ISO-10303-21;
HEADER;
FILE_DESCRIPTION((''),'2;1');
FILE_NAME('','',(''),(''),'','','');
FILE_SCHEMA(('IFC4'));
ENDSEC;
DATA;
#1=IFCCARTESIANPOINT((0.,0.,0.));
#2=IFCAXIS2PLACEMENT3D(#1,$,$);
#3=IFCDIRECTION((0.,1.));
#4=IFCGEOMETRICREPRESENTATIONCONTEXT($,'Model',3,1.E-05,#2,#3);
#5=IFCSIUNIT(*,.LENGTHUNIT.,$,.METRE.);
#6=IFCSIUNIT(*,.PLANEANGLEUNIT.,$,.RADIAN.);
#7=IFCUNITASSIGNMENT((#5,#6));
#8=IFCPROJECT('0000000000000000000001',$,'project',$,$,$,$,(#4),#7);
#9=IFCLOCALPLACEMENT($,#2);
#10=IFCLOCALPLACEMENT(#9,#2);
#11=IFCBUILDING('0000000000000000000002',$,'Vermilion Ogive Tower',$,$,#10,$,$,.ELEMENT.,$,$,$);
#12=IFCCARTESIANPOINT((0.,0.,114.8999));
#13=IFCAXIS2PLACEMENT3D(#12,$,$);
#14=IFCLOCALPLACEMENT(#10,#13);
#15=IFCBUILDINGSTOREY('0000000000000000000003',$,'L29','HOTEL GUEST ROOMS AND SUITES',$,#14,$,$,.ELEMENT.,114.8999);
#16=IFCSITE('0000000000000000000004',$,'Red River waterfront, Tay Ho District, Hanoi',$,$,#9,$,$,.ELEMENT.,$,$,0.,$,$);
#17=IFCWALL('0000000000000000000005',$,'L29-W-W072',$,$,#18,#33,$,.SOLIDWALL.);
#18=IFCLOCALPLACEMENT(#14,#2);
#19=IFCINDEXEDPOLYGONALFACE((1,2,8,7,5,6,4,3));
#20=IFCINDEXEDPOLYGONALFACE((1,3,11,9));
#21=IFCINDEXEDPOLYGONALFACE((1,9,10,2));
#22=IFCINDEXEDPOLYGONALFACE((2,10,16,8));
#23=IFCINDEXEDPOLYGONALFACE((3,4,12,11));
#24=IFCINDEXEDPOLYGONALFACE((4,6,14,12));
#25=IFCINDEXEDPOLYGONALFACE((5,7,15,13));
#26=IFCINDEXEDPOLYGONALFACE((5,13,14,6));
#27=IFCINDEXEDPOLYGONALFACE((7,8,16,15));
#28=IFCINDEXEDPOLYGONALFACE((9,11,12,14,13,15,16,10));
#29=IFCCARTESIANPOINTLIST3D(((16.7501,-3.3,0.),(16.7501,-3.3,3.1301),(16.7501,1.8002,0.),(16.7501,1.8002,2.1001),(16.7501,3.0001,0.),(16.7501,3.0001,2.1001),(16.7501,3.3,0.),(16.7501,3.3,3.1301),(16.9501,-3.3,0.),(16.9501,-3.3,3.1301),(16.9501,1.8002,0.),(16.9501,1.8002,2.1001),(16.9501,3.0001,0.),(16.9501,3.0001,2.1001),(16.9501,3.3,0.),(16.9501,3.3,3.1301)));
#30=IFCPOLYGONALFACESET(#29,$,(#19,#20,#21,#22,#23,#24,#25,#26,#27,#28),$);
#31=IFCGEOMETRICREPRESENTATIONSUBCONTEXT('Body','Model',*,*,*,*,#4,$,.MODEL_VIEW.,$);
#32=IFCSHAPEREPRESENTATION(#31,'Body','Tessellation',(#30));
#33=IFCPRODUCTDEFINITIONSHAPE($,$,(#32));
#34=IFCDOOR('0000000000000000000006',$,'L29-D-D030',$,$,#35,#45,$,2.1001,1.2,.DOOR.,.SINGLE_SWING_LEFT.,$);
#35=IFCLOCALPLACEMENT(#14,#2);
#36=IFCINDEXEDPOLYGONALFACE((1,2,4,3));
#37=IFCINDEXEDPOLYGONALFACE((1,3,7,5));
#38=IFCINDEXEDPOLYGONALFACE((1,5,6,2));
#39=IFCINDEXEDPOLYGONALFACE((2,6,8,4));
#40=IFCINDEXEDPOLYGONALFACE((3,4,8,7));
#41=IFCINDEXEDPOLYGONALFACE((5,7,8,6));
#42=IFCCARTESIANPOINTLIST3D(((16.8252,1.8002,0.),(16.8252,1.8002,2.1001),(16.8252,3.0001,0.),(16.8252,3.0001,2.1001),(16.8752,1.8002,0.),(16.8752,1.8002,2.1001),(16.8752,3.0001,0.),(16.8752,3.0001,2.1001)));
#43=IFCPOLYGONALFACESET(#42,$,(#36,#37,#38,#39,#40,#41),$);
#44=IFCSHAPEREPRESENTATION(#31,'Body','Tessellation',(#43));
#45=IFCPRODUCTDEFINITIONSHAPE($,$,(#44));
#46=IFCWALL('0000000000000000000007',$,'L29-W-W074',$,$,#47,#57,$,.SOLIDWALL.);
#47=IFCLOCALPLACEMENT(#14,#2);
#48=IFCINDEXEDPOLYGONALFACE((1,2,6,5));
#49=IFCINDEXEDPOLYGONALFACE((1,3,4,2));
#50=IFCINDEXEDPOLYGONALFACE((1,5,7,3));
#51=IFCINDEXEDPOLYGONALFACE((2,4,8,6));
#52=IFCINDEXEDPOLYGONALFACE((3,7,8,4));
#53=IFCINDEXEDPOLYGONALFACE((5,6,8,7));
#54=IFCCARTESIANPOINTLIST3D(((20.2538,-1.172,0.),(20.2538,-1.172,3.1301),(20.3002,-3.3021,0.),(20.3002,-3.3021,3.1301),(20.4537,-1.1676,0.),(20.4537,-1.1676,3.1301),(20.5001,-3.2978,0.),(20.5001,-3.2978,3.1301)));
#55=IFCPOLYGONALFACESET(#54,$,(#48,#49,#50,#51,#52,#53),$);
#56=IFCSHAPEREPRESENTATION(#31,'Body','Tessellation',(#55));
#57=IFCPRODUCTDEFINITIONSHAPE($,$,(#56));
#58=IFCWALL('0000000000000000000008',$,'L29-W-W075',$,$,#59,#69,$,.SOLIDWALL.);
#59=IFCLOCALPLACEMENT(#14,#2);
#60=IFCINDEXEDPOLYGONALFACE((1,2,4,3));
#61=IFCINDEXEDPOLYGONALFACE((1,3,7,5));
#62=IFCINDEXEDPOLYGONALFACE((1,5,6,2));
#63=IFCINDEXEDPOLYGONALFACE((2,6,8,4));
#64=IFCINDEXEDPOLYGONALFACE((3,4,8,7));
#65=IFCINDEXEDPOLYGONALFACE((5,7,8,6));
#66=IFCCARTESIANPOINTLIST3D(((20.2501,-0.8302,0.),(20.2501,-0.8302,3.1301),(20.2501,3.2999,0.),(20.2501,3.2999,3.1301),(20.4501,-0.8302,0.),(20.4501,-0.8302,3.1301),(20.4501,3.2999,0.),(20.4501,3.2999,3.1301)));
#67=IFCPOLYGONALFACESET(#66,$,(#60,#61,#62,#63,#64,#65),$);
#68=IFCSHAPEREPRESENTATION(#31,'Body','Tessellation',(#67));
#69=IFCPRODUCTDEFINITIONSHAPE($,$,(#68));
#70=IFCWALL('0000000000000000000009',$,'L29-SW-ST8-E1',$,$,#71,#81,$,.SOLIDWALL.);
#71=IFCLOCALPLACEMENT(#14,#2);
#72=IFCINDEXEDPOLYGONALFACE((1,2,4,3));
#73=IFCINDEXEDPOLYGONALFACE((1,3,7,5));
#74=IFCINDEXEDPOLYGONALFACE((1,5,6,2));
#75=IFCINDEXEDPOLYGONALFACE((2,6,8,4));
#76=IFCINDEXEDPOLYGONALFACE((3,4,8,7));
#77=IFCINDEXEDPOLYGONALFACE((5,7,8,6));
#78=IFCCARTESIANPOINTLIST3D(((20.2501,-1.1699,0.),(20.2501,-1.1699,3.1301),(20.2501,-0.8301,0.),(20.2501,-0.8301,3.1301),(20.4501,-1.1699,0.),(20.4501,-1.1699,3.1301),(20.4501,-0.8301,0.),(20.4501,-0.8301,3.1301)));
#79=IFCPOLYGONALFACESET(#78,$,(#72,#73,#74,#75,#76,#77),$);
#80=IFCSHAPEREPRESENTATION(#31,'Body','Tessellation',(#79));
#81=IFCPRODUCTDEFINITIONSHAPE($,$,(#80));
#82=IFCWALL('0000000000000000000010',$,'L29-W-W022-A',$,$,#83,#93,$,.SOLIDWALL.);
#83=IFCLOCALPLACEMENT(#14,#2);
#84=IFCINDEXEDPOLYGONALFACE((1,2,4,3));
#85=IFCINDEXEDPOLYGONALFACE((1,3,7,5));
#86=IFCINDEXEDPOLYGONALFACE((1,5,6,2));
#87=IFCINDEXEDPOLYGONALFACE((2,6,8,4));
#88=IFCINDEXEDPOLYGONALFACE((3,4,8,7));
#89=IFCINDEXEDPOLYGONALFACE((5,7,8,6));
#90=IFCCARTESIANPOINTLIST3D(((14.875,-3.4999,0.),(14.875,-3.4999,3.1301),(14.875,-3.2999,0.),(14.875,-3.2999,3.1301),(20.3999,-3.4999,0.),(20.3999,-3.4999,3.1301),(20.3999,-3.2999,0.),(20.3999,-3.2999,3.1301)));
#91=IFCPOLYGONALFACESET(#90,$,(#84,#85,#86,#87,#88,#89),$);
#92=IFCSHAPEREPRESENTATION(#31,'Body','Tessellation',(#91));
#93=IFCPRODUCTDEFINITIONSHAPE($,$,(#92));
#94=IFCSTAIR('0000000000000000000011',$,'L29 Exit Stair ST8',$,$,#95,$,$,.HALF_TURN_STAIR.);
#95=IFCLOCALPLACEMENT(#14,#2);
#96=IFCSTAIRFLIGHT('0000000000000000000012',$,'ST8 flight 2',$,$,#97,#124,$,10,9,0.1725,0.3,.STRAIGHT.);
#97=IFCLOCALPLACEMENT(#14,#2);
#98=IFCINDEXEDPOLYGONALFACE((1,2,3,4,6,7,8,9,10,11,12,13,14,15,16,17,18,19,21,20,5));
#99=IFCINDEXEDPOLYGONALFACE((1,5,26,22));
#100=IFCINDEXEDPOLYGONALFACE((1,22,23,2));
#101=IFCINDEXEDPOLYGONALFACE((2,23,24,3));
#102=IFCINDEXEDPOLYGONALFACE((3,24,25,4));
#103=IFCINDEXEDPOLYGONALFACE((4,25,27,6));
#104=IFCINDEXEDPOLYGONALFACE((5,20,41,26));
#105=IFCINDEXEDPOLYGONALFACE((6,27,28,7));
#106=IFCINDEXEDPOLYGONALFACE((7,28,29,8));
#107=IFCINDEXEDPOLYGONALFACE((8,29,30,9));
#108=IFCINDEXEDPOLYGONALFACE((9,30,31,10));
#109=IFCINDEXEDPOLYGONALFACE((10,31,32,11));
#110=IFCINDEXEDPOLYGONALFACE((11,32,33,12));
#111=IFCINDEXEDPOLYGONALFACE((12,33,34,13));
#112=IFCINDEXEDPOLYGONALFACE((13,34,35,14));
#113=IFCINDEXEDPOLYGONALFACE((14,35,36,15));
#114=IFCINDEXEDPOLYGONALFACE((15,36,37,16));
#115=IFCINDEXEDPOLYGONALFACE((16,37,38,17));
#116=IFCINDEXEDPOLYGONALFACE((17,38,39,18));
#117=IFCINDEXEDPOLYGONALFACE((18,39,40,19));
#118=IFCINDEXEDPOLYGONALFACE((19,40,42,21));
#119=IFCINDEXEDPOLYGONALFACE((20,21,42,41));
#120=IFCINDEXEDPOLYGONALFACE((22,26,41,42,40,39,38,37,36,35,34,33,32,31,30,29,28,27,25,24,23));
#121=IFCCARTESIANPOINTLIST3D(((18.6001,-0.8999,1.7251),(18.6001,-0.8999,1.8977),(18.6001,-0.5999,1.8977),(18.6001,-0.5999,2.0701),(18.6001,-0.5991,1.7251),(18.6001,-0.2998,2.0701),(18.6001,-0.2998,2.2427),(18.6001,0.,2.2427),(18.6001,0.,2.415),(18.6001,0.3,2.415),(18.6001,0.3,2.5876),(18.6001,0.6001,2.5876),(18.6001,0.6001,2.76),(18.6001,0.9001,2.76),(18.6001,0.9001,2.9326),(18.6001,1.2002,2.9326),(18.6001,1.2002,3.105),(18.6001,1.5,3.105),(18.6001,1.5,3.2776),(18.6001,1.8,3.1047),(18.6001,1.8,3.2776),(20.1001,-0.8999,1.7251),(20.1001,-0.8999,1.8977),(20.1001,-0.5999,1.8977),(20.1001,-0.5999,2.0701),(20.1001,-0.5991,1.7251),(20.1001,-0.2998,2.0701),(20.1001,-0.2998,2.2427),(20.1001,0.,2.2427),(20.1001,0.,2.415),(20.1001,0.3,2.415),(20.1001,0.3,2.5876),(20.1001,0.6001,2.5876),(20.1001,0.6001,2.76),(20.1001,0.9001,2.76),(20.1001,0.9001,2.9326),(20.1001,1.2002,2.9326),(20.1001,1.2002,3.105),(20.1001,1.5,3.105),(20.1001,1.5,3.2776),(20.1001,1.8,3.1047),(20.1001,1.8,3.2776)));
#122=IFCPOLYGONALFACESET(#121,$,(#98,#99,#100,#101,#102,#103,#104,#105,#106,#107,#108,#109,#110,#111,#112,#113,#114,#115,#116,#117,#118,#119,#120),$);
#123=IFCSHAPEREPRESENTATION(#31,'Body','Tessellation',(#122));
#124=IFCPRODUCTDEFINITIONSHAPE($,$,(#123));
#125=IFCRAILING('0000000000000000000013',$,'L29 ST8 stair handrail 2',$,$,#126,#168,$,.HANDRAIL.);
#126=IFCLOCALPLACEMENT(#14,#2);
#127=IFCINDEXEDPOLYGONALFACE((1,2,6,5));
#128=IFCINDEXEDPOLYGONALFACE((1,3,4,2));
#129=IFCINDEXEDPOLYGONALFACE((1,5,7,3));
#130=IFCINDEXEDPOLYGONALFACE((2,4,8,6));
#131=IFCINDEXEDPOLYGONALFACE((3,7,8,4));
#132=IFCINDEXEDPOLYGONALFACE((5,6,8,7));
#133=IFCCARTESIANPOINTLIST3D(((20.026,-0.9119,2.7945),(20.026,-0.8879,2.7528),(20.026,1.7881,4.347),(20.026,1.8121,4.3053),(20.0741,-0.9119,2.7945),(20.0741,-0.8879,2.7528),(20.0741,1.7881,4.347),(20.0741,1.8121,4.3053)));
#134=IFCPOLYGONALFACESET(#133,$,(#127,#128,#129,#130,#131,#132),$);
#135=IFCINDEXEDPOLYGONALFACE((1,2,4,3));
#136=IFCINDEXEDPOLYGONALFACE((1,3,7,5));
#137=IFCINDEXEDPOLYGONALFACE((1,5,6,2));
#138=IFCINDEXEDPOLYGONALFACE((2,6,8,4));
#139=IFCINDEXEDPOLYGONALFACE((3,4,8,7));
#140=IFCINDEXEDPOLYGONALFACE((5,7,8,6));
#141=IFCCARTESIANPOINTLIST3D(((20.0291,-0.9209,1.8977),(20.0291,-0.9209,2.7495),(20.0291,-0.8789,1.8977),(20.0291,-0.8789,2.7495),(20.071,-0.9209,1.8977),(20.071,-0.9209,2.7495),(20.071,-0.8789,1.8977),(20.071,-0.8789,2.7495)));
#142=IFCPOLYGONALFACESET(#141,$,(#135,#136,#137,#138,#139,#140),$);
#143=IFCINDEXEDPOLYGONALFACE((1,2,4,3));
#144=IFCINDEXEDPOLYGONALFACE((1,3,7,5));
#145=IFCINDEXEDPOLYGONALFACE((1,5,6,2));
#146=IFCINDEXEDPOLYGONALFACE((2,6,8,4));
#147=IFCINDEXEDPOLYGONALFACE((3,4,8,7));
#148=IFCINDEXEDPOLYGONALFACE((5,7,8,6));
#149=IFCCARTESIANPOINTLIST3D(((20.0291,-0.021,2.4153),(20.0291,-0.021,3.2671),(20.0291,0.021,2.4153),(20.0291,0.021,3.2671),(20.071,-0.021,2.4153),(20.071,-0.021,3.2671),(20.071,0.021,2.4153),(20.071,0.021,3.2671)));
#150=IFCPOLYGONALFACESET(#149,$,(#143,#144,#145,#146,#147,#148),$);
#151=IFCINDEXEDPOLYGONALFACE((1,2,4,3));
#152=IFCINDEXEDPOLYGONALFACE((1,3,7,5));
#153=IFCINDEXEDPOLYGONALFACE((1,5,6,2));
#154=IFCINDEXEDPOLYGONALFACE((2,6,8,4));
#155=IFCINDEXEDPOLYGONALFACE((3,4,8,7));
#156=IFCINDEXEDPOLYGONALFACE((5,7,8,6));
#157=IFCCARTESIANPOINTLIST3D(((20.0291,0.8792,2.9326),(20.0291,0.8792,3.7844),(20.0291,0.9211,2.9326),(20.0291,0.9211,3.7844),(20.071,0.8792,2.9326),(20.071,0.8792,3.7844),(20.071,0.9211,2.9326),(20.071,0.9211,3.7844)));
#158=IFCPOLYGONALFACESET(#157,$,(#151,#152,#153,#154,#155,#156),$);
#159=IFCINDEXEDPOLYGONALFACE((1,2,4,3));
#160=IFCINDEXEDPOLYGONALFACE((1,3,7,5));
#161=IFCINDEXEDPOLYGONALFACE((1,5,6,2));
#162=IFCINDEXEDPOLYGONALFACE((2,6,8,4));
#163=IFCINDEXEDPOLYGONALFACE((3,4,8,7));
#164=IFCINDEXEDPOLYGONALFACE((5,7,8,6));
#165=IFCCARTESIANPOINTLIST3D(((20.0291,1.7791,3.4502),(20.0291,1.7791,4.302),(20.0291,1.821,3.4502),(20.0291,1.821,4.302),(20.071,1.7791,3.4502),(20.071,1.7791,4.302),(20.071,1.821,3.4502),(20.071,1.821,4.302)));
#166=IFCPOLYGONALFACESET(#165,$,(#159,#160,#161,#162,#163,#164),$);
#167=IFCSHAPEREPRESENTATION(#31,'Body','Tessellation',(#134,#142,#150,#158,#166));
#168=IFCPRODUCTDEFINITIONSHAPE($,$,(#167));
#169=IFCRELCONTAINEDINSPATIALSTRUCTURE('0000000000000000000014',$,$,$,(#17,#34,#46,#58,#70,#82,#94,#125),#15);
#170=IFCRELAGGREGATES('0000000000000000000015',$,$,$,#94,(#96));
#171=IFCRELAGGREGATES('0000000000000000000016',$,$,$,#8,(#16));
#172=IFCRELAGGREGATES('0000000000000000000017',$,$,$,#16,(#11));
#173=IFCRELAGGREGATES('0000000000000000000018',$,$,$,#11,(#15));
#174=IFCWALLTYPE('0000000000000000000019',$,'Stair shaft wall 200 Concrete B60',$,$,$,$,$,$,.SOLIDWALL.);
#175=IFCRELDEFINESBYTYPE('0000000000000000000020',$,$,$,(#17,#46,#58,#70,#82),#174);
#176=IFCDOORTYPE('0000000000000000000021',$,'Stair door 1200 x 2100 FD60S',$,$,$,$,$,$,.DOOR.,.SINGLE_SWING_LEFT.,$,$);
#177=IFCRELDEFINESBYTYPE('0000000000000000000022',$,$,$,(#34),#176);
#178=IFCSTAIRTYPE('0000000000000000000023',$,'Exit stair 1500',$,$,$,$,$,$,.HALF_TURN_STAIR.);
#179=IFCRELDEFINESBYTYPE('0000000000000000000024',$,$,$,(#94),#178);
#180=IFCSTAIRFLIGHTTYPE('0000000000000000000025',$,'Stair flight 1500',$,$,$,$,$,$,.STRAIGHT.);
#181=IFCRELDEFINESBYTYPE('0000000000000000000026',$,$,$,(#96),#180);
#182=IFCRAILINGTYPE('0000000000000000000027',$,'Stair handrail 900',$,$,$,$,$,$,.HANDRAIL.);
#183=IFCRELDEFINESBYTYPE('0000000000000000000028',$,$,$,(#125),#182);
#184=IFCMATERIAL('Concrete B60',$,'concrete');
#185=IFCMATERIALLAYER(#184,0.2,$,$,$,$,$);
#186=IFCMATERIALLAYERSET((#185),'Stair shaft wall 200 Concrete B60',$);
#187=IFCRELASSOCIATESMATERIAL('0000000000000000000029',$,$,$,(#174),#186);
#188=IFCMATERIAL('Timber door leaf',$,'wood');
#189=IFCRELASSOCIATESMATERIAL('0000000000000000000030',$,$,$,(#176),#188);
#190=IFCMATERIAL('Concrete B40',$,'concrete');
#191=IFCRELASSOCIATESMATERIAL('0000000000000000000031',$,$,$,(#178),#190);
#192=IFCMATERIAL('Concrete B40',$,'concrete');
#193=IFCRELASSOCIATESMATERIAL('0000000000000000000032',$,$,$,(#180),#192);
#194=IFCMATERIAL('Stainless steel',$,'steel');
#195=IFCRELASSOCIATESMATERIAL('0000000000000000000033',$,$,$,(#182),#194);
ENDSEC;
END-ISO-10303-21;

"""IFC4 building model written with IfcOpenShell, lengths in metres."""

from ifc_helpers import new_model, si_unit, direction, frame, frame_2d, origin, origin_2d, place, context, subcontext, project, spatial, polyline, rectangle, outline, extrude, material, layer, layer_set, type_object, element, fill, aggregate, save


model = new_model("IFC4")

# Units and contexts
model_context = context("Model", 3, precision=1e-05, world=origin(), true_north=direction((0.0, 1.0)))
body_context = subcontext(model_context, "Body", "Model", "MODEL_VIEW")
ifc_project = project(units=[si_unit("LENGTHUNIT", "METRE"), si_unit("PLANEANGLEUNIT", "RADIAN")], contexts=[model_context])

# Site, building, storey
site_placement = place(None, origin())
site = spatial("IfcSite", under=ifc_project, at=site_placement, Name="Red River waterfront, Tay Ho District, Hanoi", CompositionType="ELEMENT", RefElevation=0.0)
building_placement = place(site_placement, origin())
building = spatial("IfcBuilding", under=site, at=building_placement, Name="Vermilion Ogive Tower", CompositionType="ELEMENT")
storey_placement = place(building_placement, frame((0.0, 0.0, 114.8999)))
storey = spatial("IfcBuildingStorey", under=building, at=storey_placement, Name="L29", Description="HOTEL GUEST ROOMS AND SUITES", CompositionType="ELEMENT", Elevation=114.8999)

# Wall, opening, door
ifc_material_1 = material(Name="Concrete B60", Category="concrete")
ifc_layer_1 = layer(ifc_material_1, 0.2)
ifc_layer_set_1 = layer_set([ifc_layer_1], Name="Stair shaft wall 200 Concrete B60")
wall_type_1 = type_object("IfcWallType", Name="Stair shaft wall 200 Concrete B60", PredefinedType="SOLIDWALL", material=ifc_layer_set_1)
wall_1_placement = place(storey_placement, frame((16.8501, -3.3, 0.0), z_axis=(0.0, 0.0, 1.0), x_axis=(0.0, 1.0, 0.0)))
wall_1 = element("IfcWall", 1, at=wall_1_placement, inside=storey, type_object=wall_type_1, Name="L29-W-W072", PredefinedType="SOLIDWALL", context=body_context, shape_type="SweptSolid", body=[
    extrude(rectangle(XDim=6.6001, YDim=0.2, at=frame_2d((3.3, 0.0))), origin(), (0.0, 0.0, 1.0), 3.1301),
])
opening_1_placement = place(wall_1_placement, frame((5.1001, 0.0, 0.0)))
opening_1 = element("IfcOpeningElement", 2, at=opening_1_placement, cuts=wall_1, PredefinedType="OPENING", context=body_context, shape_type="SweptSolid", body=[
    extrude(rectangle(XDim=1.2, YDim=2.1001, at=frame_2d((0.6001, 1.05))), frame((0.0, 0.1099, 0.0), z_axis=(0.0, -1.0, 0.0), x_axis=(1.0, 0.0, 0.0)), (0.0, 0.0, 1.0), 0.22),
])
ifc_material_2 = material(Name="Timber door leaf", Category="wood")
door_type_1 = type_object("IfcDoorType", Name="Stair door 1200 x 2100 FD60S", OperationType="SINGLE_SWING_LEFT", PredefinedType="DOOR", material=ifc_material_2)
door_1_placement = place(opening_1_placement, origin())
door_1 = element("IfcDoor", 3, at=door_1_placement, inside=storey, type_object=door_type_1, Name="L29-D-D030", OperationType="SINGLE_SWING_LEFT", OverallHeight=2.1001, OverallWidth=1.2, PredefinedType="DOOR", context=body_context, shape_type="SweptSolid", body=[
    extrude(rectangle(XDim=1.2, YDim=2.1001, at=frame_2d((0.6001, 1.05))), frame((0.0, 0.0249, 0.0), z_axis=(0.0, -1.0, 0.0), x_axis=(1.0, 0.0, 0.0)), (0.0, 0.0, 1.0), 0.05),
])
fill(opening_1, door_1)

# Walls
wall_2_placement = place(storey_placement, frame((20.4001, -3.3, 0.0), z_axis=(0.0, 0.0, 1.0), x_axis=(-0.021771, 0.999763, 0.0)))
element("IfcWall", 4, at=wall_2_placement, inside=storey, type_object=wall_type_1, Name="L29-W-W074", PredefinedType="SOLIDWALL", context=body_context, shape_type="SweptSolid", body=[
    extrude(rectangle(XDim=2.1306, YDim=0.2, at=frame_2d((1.0654, 0.0))), origin(), (0.0, 0.0, 1.0), 3.1301),
])
wall_3_placement = place(storey_placement, frame((20.3501, -0.8301, 0.0), z_axis=(0.0, 0.0, 1.0), x_axis=(0.0, 1.0, 0.0)))
element("IfcWall", 5, at=wall_3_placement, inside=storey, type_object=wall_type_1, Name="L29-W-W075", PredefinedType="SOLIDWALL", context=body_context, shape_type="SweptSolid", body=[
    extrude(rectangle(XDim=4.1301, YDim=0.2, at=frame_2d((2.0649, 0.0))), origin(), (0.0, 0.0, 1.0), 3.1301),
])
wall_4_placement = place(storey_placement, frame((20.3501, -1.1699, 0.0), z_axis=(0.0, 0.0, 1.0), x_axis=(0.0, 1.0, 0.0)))
element("IfcWall", 6, at=wall_4_placement, inside=storey, type_object=wall_type_1, Name="L29-SW-ST8-E1", PredefinedType="SOLIDWALL", context=body_context, shape_type="SweptSolid", body=[
    extrude(rectangle(XDim=0.3398, YDim=0.2, at=frame_2d((0.1699, 0.0))), origin(), (0.0, 0.0, 1.0), 3.1301),
])
wall_5_placement = place(storey_placement, frame((14.875, -3.3999, 0.0), z_axis=(0.0, 0.0, 1.0), x_axis=(1.0, 0.0, 0.0)))
element("IfcWall", 7, at=wall_5_placement, inside=storey, type_object=wall_type_1, Name="L29-W-W022-A", PredefinedType="SOLIDWALL", context=body_context, shape_type="SweptSolid", body=[
    extrude(rectangle(XDim=5.5249, YDim=0.2, at=frame_2d((2.7625, 0.0))), origin(), (0.0, 0.0, 1.0), 3.1301),
])

# Stair, stair flight
ifc_material_3 = material(Name="Concrete B40", Category="concrete")
stair_type = type_object("IfcStairType", Name="Exit stair 1500", PredefinedType="HALF_TURN_STAIR", material=ifc_material_3)
stair_placement = place(storey_placement, origin())
stair = element("IfcStair", 8, at=stair_placement, inside=storey, type_object=stair_type, Name="L29 Exit Stair ST8", PredefinedType="HALF_TURN_STAIR")
ifc_material_4 = material(Name="Concrete B40", Category="concrete")
stair_flight_type = type_object("IfcStairFlightType", Name="Stair flight 1500", PredefinedType="STRAIGHT", material=ifc_material_4)
stair_flight_placement = place(storey_placement, frame((19.3501, -0.8999, 1.7251), z_axis=(0.0, 0.0, 1.0), x_axis=(0.0, 1.0, 0.0)))
stair_flight = element("IfcStairFlight", 9, at=stair_flight_placement, type_object=stair_flight_type, Name="ST8 flight 2", NumberOfRisers=10, NumberOfTreads=9, PredefinedType="STRAIGHT", RiserHeight=0.1725, TreadLength=0.3, context=body_context, shape_type="SweptSolid", body=[
    extrude(outline(polyline([(0.0, 0.0), (0.0, 0.1726), (0.3, 0.1726), (0.3, 0.345), (0.6001, 0.345), (0.6001, 0.5176), (0.8999, 0.5176), (0.8999, 0.6899), (1.2, 0.6899), (1.2, 0.8625), (1.5, 0.8625), (1.5, 1.0349), (1.8, 1.0349), (1.8, 1.2075), (2.1001, 1.2075), (2.1001, 1.3799), (2.3999, 1.3799), (2.3999, 1.5525), (2.7, 1.5525), (2.7, 1.7251), (2.7, 1.3796), (0.3008, 0.0), (0.0, 0.0)])), frame((0.0, 0.75, 0.0), z_axis=(0.0, -1.0, 0.0), x_axis=(1.0, 0.0, 0.0)), (0.0, 0.0, 1.0), 1.5),
])
aggregate(stair, [stair_flight])

# Railing
ifc_material_5 = material(Name="Stainless steel", Category="steel")
railing_type = type_object("IfcRailingType", Name="Stair handrail 900", PredefinedType="HANDRAIL", material=ifc_material_5)
railing_placement = place(storey_placement, frame((20.05, -0.8999, 1.8977)))
element("IfcRailing", 10, at=railing_placement, inside=storey, type_object=railing_type, Name="L29 ST8 stair handrail 2", PredefinedType="HANDRAIL", context=body_context, shape_type="SweptSolid", body=[
    extrude(rectangle(XDim=0.0481, YDim=0.0481, at=origin_2d()), frame((0.0, 0.0, 0.876), z_axis=(0.0, 0.866904, 0.498476), x_axis=(-1.0, 0.0, 0.0)), (0.0, 0.0, 1.0), 3.1145),
    extrude(rectangle(XDim=0.042, YDim=0.042, at=origin_2d()), origin(), (0.0, 0.0, 1.0), 0.8518),
    extrude(rectangle(XDim=0.042, YDim=0.042, at=origin_2d()), frame((0.0, 0.8999, 0.5176)), (0.0, 0.0, 1.0), 0.8518),
    extrude(rectangle(XDim=0.042, YDim=0.042, at=origin_2d()), frame((0.0, 1.8, 1.0349)), (0.0, 0.0, 1.0), 0.8518),
    extrude(rectangle(XDim=0.042, YDim=0.042, at=origin_2d()), frame((0.0, 2.7, 1.5525)), (0.0, 0.0, 1.0), 0.8518),
])

save(model, "model.ifc")
